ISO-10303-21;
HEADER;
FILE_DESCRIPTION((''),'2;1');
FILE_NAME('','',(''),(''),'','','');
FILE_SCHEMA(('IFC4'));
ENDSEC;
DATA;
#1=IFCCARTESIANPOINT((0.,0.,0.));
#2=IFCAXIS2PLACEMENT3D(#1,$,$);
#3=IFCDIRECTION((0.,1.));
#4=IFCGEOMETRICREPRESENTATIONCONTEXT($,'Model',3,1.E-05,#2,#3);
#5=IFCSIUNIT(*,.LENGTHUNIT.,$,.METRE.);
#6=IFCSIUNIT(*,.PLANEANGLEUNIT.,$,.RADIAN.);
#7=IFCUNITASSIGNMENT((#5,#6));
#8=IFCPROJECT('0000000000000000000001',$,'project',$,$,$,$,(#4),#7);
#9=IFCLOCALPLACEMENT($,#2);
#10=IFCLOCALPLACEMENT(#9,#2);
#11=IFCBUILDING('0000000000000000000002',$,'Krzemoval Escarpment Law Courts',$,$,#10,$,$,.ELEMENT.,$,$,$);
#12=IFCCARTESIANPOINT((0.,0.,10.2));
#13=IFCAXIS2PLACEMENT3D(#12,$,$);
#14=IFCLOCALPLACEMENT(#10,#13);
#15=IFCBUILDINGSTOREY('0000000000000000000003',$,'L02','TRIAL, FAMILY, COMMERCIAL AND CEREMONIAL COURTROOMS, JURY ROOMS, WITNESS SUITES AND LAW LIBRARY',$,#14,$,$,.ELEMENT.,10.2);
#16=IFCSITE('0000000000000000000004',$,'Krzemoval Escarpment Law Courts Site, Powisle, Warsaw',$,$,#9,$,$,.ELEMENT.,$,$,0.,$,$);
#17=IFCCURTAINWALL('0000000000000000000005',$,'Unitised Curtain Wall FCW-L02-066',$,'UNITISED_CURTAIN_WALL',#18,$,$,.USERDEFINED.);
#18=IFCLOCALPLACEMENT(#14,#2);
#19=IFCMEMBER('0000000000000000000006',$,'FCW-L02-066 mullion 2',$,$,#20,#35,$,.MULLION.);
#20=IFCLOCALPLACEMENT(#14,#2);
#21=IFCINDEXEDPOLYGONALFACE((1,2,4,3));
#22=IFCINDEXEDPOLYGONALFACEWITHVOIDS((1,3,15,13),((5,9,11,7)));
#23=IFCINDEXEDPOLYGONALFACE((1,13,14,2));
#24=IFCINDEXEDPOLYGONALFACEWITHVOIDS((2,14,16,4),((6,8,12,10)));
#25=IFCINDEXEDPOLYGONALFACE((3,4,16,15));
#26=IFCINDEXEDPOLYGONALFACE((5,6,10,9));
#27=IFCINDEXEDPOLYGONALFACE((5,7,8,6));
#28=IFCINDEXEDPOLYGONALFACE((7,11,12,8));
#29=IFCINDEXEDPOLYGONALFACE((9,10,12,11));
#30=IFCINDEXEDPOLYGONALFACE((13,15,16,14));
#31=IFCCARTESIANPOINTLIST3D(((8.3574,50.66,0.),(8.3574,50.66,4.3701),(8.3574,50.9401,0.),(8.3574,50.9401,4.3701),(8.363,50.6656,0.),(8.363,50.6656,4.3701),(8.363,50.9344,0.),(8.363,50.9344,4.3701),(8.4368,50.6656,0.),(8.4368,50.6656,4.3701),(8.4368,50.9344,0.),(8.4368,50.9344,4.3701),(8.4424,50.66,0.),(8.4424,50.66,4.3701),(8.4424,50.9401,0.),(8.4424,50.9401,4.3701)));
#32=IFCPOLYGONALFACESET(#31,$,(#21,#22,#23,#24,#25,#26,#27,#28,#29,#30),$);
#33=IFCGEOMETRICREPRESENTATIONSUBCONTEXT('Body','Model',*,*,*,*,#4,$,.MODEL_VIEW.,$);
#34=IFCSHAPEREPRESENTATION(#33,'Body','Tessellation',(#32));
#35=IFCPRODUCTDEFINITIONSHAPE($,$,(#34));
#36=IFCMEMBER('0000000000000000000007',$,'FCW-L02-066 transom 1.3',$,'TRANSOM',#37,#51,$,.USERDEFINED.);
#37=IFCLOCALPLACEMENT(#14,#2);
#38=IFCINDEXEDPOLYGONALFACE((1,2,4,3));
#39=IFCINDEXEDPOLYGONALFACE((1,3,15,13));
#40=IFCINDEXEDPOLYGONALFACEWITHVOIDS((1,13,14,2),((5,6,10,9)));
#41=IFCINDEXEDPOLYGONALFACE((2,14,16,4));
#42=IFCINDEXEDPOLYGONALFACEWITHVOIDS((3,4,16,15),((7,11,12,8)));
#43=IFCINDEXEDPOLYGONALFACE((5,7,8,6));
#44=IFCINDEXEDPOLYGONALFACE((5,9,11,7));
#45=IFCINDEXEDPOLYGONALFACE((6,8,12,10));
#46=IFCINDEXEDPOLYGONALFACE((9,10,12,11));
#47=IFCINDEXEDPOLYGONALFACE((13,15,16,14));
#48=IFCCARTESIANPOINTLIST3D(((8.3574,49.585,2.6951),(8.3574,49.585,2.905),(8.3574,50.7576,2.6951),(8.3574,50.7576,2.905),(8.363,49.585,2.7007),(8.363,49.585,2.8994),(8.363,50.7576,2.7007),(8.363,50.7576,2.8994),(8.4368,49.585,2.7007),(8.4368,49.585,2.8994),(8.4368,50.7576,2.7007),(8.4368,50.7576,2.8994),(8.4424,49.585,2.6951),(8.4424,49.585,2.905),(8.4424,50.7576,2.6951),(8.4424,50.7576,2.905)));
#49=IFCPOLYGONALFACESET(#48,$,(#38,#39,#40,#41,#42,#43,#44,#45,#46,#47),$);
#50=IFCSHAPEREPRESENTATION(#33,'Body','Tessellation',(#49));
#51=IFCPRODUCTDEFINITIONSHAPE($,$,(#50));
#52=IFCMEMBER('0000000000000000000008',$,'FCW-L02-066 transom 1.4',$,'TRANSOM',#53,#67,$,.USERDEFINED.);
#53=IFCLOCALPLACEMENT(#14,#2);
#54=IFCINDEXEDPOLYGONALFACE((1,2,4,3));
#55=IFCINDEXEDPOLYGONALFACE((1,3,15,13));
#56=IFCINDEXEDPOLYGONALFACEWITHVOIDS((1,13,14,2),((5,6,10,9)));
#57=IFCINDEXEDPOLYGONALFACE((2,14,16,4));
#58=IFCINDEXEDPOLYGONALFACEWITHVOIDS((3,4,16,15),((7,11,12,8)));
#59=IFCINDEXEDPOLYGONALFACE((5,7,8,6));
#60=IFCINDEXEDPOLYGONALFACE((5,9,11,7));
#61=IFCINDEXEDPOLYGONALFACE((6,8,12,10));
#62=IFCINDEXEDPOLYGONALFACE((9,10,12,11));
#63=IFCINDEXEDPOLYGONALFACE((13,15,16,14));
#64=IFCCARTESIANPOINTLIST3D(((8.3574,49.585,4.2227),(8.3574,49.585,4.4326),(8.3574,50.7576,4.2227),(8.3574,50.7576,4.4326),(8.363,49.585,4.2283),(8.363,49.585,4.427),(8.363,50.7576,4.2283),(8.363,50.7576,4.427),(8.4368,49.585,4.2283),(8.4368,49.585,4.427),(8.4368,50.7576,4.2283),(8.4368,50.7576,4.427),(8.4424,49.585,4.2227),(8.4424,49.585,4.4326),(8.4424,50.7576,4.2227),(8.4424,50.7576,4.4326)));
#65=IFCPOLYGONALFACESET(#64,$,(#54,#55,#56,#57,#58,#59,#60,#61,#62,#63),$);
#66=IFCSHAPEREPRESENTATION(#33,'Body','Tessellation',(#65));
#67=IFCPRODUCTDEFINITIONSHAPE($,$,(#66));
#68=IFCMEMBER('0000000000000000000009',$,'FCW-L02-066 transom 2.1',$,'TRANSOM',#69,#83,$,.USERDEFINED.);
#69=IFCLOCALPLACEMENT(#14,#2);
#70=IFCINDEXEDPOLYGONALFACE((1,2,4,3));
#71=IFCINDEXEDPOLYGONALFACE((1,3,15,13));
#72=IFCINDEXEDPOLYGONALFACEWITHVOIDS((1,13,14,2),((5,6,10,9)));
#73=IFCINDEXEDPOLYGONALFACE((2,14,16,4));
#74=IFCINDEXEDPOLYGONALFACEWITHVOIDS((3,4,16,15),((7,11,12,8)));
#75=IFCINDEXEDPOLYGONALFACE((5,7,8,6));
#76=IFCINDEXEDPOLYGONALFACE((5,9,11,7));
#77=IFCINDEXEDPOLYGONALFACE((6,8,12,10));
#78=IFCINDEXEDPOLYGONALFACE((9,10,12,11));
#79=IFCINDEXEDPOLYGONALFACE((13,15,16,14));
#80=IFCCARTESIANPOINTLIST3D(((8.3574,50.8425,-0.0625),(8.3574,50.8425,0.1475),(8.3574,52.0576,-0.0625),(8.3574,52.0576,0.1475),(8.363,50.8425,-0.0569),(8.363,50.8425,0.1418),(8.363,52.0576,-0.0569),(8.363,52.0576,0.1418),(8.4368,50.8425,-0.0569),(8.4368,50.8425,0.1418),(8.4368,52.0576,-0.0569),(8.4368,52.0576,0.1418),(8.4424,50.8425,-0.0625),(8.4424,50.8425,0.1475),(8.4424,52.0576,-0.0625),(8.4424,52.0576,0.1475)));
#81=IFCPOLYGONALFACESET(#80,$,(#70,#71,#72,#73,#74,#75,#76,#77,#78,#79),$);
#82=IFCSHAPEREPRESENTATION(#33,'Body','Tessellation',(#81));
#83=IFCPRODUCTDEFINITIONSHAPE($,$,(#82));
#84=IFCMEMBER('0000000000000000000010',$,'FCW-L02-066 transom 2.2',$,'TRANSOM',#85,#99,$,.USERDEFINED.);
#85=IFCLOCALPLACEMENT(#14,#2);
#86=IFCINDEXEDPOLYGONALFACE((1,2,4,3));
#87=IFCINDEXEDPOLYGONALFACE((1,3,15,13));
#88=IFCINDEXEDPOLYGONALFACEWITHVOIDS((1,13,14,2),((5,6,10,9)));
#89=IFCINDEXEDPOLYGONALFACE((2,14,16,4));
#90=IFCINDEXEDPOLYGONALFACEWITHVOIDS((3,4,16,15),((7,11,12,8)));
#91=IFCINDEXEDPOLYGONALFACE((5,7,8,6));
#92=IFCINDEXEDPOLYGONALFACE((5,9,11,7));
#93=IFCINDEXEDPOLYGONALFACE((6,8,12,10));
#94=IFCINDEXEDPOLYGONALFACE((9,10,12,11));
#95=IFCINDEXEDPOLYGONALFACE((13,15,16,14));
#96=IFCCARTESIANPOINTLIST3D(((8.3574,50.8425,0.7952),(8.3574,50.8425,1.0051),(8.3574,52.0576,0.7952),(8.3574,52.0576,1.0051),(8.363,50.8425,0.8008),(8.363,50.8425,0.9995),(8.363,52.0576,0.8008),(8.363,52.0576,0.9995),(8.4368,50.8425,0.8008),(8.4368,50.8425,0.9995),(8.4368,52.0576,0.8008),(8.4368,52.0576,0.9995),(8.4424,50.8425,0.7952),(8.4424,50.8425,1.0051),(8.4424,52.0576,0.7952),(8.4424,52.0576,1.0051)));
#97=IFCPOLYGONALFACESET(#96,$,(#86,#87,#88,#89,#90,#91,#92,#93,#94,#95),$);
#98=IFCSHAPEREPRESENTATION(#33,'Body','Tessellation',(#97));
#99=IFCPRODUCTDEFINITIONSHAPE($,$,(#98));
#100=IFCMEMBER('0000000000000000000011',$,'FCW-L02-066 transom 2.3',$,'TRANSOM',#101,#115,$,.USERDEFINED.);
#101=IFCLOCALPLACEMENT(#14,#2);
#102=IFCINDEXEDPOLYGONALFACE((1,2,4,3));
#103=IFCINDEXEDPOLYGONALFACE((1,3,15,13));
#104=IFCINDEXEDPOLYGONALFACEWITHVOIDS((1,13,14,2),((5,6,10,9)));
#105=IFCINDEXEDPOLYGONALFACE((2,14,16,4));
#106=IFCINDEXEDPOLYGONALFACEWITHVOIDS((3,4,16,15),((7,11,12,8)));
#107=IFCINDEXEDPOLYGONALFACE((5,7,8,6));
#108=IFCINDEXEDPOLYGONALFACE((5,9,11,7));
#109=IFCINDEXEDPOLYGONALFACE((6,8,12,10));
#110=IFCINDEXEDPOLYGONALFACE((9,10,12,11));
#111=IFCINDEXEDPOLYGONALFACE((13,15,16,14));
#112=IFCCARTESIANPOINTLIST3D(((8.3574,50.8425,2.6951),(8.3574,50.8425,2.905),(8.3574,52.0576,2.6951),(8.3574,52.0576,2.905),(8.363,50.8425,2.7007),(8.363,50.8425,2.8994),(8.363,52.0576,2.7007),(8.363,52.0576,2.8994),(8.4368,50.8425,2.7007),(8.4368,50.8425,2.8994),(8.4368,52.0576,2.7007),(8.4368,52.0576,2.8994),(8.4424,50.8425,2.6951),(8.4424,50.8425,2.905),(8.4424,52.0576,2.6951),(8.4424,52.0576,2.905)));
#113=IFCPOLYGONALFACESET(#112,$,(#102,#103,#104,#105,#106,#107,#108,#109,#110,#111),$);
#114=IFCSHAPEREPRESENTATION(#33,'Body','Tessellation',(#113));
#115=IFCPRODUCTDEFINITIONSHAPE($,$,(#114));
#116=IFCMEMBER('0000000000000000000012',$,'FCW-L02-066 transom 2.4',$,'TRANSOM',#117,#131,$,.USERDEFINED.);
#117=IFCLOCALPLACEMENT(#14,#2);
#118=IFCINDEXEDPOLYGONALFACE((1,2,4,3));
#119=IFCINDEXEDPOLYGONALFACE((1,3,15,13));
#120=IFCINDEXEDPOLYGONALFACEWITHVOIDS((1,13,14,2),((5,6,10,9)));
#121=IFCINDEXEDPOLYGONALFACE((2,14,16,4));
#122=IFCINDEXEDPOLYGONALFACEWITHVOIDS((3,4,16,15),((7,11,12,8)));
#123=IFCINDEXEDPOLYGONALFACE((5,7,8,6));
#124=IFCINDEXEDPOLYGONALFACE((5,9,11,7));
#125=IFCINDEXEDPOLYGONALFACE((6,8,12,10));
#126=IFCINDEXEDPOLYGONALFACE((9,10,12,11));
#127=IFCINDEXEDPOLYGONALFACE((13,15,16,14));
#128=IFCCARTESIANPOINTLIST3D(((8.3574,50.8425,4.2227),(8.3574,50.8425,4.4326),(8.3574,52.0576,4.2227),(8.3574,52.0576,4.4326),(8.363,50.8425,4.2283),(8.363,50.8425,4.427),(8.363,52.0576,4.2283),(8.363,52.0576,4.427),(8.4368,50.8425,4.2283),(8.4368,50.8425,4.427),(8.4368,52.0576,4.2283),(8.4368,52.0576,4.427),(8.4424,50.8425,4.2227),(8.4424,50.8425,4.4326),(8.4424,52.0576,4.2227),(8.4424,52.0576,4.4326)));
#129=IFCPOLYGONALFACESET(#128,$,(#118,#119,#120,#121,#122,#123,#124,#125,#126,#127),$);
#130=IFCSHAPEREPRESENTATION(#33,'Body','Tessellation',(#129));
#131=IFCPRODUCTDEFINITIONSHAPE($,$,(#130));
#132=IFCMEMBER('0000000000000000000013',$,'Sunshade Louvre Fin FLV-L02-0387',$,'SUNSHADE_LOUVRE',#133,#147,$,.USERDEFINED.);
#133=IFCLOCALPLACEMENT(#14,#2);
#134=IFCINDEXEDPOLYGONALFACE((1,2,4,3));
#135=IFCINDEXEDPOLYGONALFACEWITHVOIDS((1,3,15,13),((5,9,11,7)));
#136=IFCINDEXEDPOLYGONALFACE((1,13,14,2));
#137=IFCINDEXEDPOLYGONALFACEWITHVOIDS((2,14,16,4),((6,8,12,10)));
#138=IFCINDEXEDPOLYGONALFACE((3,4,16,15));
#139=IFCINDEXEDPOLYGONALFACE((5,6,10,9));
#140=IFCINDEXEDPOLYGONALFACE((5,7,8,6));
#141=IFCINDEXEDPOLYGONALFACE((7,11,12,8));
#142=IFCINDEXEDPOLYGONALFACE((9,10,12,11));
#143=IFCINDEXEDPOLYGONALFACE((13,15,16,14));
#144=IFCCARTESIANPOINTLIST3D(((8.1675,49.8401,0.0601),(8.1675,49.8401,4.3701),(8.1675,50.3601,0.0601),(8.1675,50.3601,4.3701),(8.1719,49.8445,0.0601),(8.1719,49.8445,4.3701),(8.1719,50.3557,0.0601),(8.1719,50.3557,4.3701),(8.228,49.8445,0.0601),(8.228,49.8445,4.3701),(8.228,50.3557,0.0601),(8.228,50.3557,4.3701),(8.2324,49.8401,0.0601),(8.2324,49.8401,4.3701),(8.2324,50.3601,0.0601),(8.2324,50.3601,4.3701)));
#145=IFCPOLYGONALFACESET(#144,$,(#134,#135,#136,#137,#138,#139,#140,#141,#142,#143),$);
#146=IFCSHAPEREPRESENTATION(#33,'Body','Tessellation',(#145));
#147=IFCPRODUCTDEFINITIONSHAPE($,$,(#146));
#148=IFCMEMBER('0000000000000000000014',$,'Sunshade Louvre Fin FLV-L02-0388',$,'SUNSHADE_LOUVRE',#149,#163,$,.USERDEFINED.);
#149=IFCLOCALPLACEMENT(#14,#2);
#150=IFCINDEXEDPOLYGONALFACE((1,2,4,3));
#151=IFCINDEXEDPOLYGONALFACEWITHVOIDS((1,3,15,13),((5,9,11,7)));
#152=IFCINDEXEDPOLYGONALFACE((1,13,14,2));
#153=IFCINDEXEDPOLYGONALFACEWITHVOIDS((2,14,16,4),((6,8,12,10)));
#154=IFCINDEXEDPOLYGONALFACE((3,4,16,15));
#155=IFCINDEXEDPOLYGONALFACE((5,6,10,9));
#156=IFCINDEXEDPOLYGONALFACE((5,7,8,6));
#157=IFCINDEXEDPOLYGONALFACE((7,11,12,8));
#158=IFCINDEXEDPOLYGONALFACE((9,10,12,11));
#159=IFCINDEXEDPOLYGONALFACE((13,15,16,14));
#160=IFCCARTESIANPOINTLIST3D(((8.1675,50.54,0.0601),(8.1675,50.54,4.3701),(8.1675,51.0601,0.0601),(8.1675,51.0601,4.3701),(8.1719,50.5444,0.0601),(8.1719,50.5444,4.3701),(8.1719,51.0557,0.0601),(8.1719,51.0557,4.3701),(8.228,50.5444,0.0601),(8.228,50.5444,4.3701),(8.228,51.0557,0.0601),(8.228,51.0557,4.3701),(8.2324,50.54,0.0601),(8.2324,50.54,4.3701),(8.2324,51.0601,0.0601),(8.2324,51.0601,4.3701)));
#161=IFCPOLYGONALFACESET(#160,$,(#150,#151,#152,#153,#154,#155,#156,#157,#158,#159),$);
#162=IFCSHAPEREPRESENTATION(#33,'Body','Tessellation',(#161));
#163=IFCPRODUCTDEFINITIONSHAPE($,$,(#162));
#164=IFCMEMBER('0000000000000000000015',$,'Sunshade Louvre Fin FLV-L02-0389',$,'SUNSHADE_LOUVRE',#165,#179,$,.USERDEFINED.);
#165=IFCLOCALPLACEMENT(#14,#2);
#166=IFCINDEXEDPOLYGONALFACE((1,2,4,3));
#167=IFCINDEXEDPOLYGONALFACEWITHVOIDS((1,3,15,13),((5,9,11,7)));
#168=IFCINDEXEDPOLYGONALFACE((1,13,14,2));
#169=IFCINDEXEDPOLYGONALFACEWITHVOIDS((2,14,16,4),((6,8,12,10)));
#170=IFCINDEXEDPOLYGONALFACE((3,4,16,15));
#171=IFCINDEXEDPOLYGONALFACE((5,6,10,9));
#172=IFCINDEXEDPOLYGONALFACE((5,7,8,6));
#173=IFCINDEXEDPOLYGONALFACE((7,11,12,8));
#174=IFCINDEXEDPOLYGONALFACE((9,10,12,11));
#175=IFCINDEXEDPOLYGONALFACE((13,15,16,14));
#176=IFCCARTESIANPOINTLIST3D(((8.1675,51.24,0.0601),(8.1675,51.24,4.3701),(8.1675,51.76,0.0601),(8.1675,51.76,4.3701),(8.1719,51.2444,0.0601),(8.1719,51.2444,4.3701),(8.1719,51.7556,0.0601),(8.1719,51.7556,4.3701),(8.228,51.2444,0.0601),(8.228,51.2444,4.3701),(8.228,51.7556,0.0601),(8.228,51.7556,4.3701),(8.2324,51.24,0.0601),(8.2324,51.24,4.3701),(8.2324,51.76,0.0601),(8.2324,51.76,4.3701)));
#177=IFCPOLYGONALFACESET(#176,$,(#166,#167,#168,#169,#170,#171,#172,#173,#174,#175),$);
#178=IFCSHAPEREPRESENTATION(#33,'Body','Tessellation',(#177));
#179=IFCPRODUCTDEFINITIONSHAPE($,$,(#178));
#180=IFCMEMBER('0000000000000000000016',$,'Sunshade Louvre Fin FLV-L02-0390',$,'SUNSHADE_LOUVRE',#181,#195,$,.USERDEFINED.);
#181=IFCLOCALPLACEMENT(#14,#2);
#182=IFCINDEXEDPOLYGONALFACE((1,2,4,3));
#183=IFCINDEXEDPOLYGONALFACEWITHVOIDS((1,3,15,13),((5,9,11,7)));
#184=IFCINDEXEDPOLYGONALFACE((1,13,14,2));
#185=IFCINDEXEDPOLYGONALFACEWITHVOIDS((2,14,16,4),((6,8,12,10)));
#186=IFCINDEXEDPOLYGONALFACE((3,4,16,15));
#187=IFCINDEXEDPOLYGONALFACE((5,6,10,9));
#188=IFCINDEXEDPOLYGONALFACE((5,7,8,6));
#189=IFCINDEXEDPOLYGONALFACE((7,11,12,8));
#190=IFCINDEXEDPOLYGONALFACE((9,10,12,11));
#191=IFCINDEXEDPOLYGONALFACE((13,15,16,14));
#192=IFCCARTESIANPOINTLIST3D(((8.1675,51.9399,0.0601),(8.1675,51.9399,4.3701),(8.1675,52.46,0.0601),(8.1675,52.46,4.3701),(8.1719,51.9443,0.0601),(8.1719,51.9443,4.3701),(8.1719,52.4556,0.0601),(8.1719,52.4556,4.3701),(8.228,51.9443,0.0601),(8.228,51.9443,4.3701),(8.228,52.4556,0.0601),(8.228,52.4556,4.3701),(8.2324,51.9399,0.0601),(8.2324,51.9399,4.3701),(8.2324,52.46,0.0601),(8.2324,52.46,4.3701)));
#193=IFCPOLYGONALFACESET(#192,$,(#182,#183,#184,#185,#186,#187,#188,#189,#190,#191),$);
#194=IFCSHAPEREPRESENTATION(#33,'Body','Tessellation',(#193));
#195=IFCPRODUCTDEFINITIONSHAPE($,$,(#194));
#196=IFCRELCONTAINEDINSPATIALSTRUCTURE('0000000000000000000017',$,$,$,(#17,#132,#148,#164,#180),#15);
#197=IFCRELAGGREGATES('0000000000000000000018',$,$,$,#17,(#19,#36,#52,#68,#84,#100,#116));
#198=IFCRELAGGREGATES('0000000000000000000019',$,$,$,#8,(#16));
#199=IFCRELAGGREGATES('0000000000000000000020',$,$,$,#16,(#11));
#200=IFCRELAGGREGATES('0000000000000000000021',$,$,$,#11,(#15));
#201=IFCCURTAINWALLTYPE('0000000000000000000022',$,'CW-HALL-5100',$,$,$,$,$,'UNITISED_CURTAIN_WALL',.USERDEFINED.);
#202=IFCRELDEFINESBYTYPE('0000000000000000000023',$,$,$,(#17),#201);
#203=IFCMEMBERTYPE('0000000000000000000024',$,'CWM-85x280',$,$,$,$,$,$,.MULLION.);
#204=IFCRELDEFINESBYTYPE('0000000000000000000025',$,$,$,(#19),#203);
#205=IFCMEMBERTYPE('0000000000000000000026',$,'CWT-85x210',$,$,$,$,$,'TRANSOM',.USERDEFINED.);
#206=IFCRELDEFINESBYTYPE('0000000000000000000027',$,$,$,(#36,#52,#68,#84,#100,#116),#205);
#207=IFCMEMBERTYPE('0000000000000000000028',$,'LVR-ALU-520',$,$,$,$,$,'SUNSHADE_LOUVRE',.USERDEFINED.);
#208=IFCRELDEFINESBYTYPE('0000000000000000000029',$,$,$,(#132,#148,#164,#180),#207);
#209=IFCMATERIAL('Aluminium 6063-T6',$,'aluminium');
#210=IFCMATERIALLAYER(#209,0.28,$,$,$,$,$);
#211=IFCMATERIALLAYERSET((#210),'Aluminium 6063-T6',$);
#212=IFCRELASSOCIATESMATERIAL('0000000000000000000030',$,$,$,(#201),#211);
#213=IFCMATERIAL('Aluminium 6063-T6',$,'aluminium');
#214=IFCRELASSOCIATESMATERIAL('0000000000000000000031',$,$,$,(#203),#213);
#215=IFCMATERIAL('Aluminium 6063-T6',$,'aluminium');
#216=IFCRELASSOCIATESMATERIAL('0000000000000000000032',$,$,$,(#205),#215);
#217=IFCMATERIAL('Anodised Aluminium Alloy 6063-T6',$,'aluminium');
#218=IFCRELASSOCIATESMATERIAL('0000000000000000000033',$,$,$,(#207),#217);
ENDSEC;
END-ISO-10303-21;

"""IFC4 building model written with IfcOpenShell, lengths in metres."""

from ifc_helpers import new_model, si_unit, direction, frame, origin, origin_2d, place, context, subcontext, project, spatial, hollow_rectangle, extrude, material, layer, layer_set, material_profile, profile_set, type_object, element, aggregate, save


model = new_model("IFC4")

# Units and contexts
model_context = context("Model", 3, precision=1e-05, world=origin(), true_north=direction((0.0, 1.0)))
body_context = subcontext(model_context, "Body", "Model", "MODEL_VIEW")
ifc_project = project(units=[si_unit("LENGTHUNIT", "METRE"), si_unit("PLANEANGLEUNIT", "RADIAN")], contexts=[model_context])

# Site, building, storey
site_placement = place(None, origin())
site = spatial("IfcSite", under=ifc_project, at=site_placement, Name="Krzemoval Escarpment Law Courts Site, Powisle, Warsaw", CompositionType="ELEMENT", RefElevation=0.0)
building_placement = place(site_placement, origin())
building = spatial("IfcBuilding", under=site, at=building_placement, Name="Krzemoval Escarpment Law Courts", CompositionType="ELEMENT")
storey_placement = place(building_placement, frame((0.0, 0.0, 10.2)))
storey = spatial("IfcBuildingStorey", under=building, at=storey_placement, Name="L02", Description="TRIAL, FAMILY, COMMERCIAL AND CEREMONIAL COURTROOMS, JURY ROOMS, WITNESS SUITES AND LAW LIBRARY", CompositionType="ELEMENT", Elevation=10.2)

# Curtain wall, members
ifc_material_1 = material(Name="Aluminium 6063-T6", Category="aluminium")
ifc_layer_1 = layer(ifc_material_1, 0.28)
ifc_layer_set_1 = layer_set([ifc_layer_1], Name="Aluminium 6063-T6")
curtain_wall_type = type_object("IfcCurtainWallType", Name="CW-HALL-5100", ElementType="UNITISED_CURTAIN_WALL", PredefinedType="USERDEFINED", material=ifc_layer_set_1)
curtain_wall_placement = place(storey_placement, origin())
curtain_wall = element("IfcCurtainWall", 1, at=curtain_wall_placement, inside=storey, type_object=curtain_wall_type, Name="Unitised Curtain Wall FCW-L02-066", ObjectType="UNITISED_CURTAIN_WALL", PredefinedType="USERDEFINED")
ifc_material_2 = material(Name="Aluminium 6063-T6", Category="aluminium")
ifc_material_profile_1 = material_profile(ifc_material_2, hollow_rectangle(XDim=0.085, YDim=0.28, WallThickness=0.0056, at=origin_2d()), Name="ALU M85x280")
ifc_profile_set_1 = profile_set([ifc_material_profile_1], Name="Aluminium 6063-T6")
member_type_1 = type_object("IfcMemberType", Name="CWM-85x280", PredefinedType="MULLION", material=ifc_profile_set_1)
member_1_placement = place(storey_placement, frame((8.3999, 50.8, 0.0), z_axis=(0.0, 0.0, 1.0), x_axis=(-1.0, 0.0, 0.0)))
member_1 = element("IfcMember", 2, at=member_1_placement, type_object=member_type_1, Name="FCW-L02-066 mullion 2", PredefinedType="MULLION", context=body_context, shape_type="SweptSolid", body=[
    extrude(hollow_rectangle(XDim=0.085, YDim=0.28, WallThickness=0.0056, at=origin_2d()), origin(), (0.0, 0.0, 1.0), 4.3701),
])
ifc_material_3 = material(Name="Aluminium 6063-T6", Category="aluminium")
ifc_material_profile_2 = material_profile(ifc_material_3, hollow_rectangle(XDim=0.085, YDim=0.21, WallThickness=0.0056, at=origin_2d()), Name="ALU T85x210")
ifc_profile_set_2 = profile_set([ifc_material_profile_2], Name="Aluminium 6063-T6")
member_type_2 = type_object("IfcMemberType", Name="CWT-85x210", ElementType="TRANSOM", PredefinedType="USERDEFINED", material=ifc_profile_set_2)
member_2_placement = place(storey_placement, frame((8.3999, 49.585, 2.8), z_axis=(0.0, 1.0, 0.0), x_axis=(-1.0, 0.0, 0.0)))
member_2 = element("IfcMember", 3, at=member_2_placement, type_object=member_type_2, Name="FCW-L02-066 transom 1.3", ObjectType="TRANSOM", PredefinedType="USERDEFINED", context=body_context, shape_type="SweptSolid", body=[
    extrude(hollow_rectangle(XDim=0.085, YDim=0.21, WallThickness=0.0056, at=origin_2d()), origin(), (0.0, 0.0, 1.0), 1.1726),
])
member_3_placement = place(storey_placement, frame((8.3999, 49.585, 4.3276), z_axis=(0.0, 1.0, 0.0), x_axis=(-1.0, 0.0, 0.0)))
member_3 = element("IfcMember", 4, at=member_3_placement, type_object=member_type_2, Name="FCW-L02-066 transom 1.4", ObjectType="TRANSOM", PredefinedType="USERDEFINED", context=body_context, shape_type="SweptSolid", body=[
    extrude(hollow_rectangle(XDim=0.085, YDim=0.21, WallThickness=0.0056, at=origin_2d()), origin(), (0.0, 0.0, 1.0), 1.1726),
])
member_4_placement = place(storey_placement, frame((8.3999, 50.8425, 0.0425), z_axis=(0.0, 1.0, 0.0), x_axis=(-1.0, 0.0, 0.0)))
member_4 = element("IfcMember", 5, at=member_4_placement, type_object=member_type_2, Name="FCW-L02-066 transom 2.1", ObjectType="TRANSOM", PredefinedType="USERDEFINED", context=body_context, shape_type="SweptSolid", body=[
    extrude(hollow_rectangle(XDim=0.085, YDim=0.21, WallThickness=0.0056, at=origin_2d()), origin(), (0.0, 0.0, 1.0), 1.2151),
])
member_5_placement = place(storey_placement, frame((8.3999, 50.8425, 0.9001), z_axis=(0.0, 1.0, 0.0), x_axis=(-1.0, 0.0, 0.0)))
member_5 = element("IfcMember", 6, at=member_5_placement, type_object=member_type_2, Name="FCW-L02-066 transom 2.2", ObjectType="TRANSOM", PredefinedType="USERDEFINED", context=body_context, shape_type="SweptSolid", body=[
    extrude(hollow_rectangle(XDim=0.085, YDim=0.21, WallThickness=0.0056, at=origin_2d()), origin(), (0.0, 0.0, 1.0), 1.2151),
])
member_6_placement = place(storey_placement, frame((8.3999, 50.8425, 2.8), z_axis=(0.0, 1.0, 0.0), x_axis=(-1.0, 0.0, 0.0)))
member_6 = element("IfcMember", 7, at=member_6_placement, type_object=member_type_2, Name="FCW-L02-066 transom 2.3", ObjectType="TRANSOM", PredefinedType="USERDEFINED", context=body_context, shape_type="SweptSolid", body=[
    extrude(hollow_rectangle(XDim=0.085, YDim=0.21, WallThickness=0.0056, at=origin_2d()), origin(), (0.0, 0.0, 1.0), 1.2151),
])
member_7_placement = place(storey_placement, frame((8.3999, 50.8425, 4.3276), z_axis=(0.0, 1.0, 0.0), x_axis=(-1.0, 0.0, 0.0)))
member_7 = element("IfcMember", 8, at=member_7_placement, type_object=member_type_2, Name="FCW-L02-066 transom 2.4", ObjectType="TRANSOM", PredefinedType="USERDEFINED", context=body_context, shape_type="SweptSolid", body=[
    extrude(hollow_rectangle(XDim=0.085, YDim=0.21, WallThickness=0.0056, at=origin_2d()), origin(), (0.0, 0.0, 1.0), 1.2151),
])

# Members
ifc_material_4 = material(Name="Anodised Aluminium Alloy 6063-T6", Category="aluminium")
ifc_material_profile_3 = material_profile(ifc_material_4, hollow_rectangle(XDim=0.0649, YDim=0.52, WallThickness=0.0044, at=origin_2d()), Name="ALU LVR 65x520")
ifc_profile_set_3 = profile_set([ifc_material_profile_3], Name="Anodised Aluminium Alloy 6063-T6")
member_type_3 = type_object("IfcMemberType", Name="LVR-ALU-520", ElementType="SUNSHADE_LOUVRE", PredefinedType="USERDEFINED", material=ifc_profile_set_3)
for number, where, z_axis, x_axis, name in (
    (9, (8.2, 50.1001, 0.0601), (0.0, 0.0, 1.0), (1.0, 0.0, 0.0), "Sunshade Louvre Fin FLV-L02-0387"),
    (10, (8.2, 50.8, 0.0601), (0.0, 0.0, 1.0), (1.0, 0.0, 0.0), "Sunshade Louvre Fin FLV-L02-0388"),
    (11, (8.2, 51.5, 0.0601), (0.0, 0.0, 1.0), (1.0, 0.0, 0.0), "Sunshade Louvre Fin FLV-L02-0389"),
    (12, (8.2, 52.2, 0.0601), (0.0, 0.0, 1.0), (1.0, 0.0, 0.0), "Sunshade Louvre Fin FLV-L02-0390"),
):
    element("IfcMember", number, at=place(storey_placement, frame(where, z_axis=z_axis, x_axis=x_axis)), inside=storey, type_object=member_type_3, Name=name, ObjectType="SUNSHADE_LOUVRE", PredefinedType="USERDEFINED", context=body_context, shape_type="SweptSolid", body=[
        extrude(hollow_rectangle(XDim=0.0649, YDim=0.52, WallThickness=0.0044, at=origin_2d()), origin(), (0.0, 0.0, 1.0), 4.3101),
    ])

aggregate(curtain_wall, [member_1, member_2, member_3, member_4, member_5, member_6, member_7])

save(model, "model.ifc")
